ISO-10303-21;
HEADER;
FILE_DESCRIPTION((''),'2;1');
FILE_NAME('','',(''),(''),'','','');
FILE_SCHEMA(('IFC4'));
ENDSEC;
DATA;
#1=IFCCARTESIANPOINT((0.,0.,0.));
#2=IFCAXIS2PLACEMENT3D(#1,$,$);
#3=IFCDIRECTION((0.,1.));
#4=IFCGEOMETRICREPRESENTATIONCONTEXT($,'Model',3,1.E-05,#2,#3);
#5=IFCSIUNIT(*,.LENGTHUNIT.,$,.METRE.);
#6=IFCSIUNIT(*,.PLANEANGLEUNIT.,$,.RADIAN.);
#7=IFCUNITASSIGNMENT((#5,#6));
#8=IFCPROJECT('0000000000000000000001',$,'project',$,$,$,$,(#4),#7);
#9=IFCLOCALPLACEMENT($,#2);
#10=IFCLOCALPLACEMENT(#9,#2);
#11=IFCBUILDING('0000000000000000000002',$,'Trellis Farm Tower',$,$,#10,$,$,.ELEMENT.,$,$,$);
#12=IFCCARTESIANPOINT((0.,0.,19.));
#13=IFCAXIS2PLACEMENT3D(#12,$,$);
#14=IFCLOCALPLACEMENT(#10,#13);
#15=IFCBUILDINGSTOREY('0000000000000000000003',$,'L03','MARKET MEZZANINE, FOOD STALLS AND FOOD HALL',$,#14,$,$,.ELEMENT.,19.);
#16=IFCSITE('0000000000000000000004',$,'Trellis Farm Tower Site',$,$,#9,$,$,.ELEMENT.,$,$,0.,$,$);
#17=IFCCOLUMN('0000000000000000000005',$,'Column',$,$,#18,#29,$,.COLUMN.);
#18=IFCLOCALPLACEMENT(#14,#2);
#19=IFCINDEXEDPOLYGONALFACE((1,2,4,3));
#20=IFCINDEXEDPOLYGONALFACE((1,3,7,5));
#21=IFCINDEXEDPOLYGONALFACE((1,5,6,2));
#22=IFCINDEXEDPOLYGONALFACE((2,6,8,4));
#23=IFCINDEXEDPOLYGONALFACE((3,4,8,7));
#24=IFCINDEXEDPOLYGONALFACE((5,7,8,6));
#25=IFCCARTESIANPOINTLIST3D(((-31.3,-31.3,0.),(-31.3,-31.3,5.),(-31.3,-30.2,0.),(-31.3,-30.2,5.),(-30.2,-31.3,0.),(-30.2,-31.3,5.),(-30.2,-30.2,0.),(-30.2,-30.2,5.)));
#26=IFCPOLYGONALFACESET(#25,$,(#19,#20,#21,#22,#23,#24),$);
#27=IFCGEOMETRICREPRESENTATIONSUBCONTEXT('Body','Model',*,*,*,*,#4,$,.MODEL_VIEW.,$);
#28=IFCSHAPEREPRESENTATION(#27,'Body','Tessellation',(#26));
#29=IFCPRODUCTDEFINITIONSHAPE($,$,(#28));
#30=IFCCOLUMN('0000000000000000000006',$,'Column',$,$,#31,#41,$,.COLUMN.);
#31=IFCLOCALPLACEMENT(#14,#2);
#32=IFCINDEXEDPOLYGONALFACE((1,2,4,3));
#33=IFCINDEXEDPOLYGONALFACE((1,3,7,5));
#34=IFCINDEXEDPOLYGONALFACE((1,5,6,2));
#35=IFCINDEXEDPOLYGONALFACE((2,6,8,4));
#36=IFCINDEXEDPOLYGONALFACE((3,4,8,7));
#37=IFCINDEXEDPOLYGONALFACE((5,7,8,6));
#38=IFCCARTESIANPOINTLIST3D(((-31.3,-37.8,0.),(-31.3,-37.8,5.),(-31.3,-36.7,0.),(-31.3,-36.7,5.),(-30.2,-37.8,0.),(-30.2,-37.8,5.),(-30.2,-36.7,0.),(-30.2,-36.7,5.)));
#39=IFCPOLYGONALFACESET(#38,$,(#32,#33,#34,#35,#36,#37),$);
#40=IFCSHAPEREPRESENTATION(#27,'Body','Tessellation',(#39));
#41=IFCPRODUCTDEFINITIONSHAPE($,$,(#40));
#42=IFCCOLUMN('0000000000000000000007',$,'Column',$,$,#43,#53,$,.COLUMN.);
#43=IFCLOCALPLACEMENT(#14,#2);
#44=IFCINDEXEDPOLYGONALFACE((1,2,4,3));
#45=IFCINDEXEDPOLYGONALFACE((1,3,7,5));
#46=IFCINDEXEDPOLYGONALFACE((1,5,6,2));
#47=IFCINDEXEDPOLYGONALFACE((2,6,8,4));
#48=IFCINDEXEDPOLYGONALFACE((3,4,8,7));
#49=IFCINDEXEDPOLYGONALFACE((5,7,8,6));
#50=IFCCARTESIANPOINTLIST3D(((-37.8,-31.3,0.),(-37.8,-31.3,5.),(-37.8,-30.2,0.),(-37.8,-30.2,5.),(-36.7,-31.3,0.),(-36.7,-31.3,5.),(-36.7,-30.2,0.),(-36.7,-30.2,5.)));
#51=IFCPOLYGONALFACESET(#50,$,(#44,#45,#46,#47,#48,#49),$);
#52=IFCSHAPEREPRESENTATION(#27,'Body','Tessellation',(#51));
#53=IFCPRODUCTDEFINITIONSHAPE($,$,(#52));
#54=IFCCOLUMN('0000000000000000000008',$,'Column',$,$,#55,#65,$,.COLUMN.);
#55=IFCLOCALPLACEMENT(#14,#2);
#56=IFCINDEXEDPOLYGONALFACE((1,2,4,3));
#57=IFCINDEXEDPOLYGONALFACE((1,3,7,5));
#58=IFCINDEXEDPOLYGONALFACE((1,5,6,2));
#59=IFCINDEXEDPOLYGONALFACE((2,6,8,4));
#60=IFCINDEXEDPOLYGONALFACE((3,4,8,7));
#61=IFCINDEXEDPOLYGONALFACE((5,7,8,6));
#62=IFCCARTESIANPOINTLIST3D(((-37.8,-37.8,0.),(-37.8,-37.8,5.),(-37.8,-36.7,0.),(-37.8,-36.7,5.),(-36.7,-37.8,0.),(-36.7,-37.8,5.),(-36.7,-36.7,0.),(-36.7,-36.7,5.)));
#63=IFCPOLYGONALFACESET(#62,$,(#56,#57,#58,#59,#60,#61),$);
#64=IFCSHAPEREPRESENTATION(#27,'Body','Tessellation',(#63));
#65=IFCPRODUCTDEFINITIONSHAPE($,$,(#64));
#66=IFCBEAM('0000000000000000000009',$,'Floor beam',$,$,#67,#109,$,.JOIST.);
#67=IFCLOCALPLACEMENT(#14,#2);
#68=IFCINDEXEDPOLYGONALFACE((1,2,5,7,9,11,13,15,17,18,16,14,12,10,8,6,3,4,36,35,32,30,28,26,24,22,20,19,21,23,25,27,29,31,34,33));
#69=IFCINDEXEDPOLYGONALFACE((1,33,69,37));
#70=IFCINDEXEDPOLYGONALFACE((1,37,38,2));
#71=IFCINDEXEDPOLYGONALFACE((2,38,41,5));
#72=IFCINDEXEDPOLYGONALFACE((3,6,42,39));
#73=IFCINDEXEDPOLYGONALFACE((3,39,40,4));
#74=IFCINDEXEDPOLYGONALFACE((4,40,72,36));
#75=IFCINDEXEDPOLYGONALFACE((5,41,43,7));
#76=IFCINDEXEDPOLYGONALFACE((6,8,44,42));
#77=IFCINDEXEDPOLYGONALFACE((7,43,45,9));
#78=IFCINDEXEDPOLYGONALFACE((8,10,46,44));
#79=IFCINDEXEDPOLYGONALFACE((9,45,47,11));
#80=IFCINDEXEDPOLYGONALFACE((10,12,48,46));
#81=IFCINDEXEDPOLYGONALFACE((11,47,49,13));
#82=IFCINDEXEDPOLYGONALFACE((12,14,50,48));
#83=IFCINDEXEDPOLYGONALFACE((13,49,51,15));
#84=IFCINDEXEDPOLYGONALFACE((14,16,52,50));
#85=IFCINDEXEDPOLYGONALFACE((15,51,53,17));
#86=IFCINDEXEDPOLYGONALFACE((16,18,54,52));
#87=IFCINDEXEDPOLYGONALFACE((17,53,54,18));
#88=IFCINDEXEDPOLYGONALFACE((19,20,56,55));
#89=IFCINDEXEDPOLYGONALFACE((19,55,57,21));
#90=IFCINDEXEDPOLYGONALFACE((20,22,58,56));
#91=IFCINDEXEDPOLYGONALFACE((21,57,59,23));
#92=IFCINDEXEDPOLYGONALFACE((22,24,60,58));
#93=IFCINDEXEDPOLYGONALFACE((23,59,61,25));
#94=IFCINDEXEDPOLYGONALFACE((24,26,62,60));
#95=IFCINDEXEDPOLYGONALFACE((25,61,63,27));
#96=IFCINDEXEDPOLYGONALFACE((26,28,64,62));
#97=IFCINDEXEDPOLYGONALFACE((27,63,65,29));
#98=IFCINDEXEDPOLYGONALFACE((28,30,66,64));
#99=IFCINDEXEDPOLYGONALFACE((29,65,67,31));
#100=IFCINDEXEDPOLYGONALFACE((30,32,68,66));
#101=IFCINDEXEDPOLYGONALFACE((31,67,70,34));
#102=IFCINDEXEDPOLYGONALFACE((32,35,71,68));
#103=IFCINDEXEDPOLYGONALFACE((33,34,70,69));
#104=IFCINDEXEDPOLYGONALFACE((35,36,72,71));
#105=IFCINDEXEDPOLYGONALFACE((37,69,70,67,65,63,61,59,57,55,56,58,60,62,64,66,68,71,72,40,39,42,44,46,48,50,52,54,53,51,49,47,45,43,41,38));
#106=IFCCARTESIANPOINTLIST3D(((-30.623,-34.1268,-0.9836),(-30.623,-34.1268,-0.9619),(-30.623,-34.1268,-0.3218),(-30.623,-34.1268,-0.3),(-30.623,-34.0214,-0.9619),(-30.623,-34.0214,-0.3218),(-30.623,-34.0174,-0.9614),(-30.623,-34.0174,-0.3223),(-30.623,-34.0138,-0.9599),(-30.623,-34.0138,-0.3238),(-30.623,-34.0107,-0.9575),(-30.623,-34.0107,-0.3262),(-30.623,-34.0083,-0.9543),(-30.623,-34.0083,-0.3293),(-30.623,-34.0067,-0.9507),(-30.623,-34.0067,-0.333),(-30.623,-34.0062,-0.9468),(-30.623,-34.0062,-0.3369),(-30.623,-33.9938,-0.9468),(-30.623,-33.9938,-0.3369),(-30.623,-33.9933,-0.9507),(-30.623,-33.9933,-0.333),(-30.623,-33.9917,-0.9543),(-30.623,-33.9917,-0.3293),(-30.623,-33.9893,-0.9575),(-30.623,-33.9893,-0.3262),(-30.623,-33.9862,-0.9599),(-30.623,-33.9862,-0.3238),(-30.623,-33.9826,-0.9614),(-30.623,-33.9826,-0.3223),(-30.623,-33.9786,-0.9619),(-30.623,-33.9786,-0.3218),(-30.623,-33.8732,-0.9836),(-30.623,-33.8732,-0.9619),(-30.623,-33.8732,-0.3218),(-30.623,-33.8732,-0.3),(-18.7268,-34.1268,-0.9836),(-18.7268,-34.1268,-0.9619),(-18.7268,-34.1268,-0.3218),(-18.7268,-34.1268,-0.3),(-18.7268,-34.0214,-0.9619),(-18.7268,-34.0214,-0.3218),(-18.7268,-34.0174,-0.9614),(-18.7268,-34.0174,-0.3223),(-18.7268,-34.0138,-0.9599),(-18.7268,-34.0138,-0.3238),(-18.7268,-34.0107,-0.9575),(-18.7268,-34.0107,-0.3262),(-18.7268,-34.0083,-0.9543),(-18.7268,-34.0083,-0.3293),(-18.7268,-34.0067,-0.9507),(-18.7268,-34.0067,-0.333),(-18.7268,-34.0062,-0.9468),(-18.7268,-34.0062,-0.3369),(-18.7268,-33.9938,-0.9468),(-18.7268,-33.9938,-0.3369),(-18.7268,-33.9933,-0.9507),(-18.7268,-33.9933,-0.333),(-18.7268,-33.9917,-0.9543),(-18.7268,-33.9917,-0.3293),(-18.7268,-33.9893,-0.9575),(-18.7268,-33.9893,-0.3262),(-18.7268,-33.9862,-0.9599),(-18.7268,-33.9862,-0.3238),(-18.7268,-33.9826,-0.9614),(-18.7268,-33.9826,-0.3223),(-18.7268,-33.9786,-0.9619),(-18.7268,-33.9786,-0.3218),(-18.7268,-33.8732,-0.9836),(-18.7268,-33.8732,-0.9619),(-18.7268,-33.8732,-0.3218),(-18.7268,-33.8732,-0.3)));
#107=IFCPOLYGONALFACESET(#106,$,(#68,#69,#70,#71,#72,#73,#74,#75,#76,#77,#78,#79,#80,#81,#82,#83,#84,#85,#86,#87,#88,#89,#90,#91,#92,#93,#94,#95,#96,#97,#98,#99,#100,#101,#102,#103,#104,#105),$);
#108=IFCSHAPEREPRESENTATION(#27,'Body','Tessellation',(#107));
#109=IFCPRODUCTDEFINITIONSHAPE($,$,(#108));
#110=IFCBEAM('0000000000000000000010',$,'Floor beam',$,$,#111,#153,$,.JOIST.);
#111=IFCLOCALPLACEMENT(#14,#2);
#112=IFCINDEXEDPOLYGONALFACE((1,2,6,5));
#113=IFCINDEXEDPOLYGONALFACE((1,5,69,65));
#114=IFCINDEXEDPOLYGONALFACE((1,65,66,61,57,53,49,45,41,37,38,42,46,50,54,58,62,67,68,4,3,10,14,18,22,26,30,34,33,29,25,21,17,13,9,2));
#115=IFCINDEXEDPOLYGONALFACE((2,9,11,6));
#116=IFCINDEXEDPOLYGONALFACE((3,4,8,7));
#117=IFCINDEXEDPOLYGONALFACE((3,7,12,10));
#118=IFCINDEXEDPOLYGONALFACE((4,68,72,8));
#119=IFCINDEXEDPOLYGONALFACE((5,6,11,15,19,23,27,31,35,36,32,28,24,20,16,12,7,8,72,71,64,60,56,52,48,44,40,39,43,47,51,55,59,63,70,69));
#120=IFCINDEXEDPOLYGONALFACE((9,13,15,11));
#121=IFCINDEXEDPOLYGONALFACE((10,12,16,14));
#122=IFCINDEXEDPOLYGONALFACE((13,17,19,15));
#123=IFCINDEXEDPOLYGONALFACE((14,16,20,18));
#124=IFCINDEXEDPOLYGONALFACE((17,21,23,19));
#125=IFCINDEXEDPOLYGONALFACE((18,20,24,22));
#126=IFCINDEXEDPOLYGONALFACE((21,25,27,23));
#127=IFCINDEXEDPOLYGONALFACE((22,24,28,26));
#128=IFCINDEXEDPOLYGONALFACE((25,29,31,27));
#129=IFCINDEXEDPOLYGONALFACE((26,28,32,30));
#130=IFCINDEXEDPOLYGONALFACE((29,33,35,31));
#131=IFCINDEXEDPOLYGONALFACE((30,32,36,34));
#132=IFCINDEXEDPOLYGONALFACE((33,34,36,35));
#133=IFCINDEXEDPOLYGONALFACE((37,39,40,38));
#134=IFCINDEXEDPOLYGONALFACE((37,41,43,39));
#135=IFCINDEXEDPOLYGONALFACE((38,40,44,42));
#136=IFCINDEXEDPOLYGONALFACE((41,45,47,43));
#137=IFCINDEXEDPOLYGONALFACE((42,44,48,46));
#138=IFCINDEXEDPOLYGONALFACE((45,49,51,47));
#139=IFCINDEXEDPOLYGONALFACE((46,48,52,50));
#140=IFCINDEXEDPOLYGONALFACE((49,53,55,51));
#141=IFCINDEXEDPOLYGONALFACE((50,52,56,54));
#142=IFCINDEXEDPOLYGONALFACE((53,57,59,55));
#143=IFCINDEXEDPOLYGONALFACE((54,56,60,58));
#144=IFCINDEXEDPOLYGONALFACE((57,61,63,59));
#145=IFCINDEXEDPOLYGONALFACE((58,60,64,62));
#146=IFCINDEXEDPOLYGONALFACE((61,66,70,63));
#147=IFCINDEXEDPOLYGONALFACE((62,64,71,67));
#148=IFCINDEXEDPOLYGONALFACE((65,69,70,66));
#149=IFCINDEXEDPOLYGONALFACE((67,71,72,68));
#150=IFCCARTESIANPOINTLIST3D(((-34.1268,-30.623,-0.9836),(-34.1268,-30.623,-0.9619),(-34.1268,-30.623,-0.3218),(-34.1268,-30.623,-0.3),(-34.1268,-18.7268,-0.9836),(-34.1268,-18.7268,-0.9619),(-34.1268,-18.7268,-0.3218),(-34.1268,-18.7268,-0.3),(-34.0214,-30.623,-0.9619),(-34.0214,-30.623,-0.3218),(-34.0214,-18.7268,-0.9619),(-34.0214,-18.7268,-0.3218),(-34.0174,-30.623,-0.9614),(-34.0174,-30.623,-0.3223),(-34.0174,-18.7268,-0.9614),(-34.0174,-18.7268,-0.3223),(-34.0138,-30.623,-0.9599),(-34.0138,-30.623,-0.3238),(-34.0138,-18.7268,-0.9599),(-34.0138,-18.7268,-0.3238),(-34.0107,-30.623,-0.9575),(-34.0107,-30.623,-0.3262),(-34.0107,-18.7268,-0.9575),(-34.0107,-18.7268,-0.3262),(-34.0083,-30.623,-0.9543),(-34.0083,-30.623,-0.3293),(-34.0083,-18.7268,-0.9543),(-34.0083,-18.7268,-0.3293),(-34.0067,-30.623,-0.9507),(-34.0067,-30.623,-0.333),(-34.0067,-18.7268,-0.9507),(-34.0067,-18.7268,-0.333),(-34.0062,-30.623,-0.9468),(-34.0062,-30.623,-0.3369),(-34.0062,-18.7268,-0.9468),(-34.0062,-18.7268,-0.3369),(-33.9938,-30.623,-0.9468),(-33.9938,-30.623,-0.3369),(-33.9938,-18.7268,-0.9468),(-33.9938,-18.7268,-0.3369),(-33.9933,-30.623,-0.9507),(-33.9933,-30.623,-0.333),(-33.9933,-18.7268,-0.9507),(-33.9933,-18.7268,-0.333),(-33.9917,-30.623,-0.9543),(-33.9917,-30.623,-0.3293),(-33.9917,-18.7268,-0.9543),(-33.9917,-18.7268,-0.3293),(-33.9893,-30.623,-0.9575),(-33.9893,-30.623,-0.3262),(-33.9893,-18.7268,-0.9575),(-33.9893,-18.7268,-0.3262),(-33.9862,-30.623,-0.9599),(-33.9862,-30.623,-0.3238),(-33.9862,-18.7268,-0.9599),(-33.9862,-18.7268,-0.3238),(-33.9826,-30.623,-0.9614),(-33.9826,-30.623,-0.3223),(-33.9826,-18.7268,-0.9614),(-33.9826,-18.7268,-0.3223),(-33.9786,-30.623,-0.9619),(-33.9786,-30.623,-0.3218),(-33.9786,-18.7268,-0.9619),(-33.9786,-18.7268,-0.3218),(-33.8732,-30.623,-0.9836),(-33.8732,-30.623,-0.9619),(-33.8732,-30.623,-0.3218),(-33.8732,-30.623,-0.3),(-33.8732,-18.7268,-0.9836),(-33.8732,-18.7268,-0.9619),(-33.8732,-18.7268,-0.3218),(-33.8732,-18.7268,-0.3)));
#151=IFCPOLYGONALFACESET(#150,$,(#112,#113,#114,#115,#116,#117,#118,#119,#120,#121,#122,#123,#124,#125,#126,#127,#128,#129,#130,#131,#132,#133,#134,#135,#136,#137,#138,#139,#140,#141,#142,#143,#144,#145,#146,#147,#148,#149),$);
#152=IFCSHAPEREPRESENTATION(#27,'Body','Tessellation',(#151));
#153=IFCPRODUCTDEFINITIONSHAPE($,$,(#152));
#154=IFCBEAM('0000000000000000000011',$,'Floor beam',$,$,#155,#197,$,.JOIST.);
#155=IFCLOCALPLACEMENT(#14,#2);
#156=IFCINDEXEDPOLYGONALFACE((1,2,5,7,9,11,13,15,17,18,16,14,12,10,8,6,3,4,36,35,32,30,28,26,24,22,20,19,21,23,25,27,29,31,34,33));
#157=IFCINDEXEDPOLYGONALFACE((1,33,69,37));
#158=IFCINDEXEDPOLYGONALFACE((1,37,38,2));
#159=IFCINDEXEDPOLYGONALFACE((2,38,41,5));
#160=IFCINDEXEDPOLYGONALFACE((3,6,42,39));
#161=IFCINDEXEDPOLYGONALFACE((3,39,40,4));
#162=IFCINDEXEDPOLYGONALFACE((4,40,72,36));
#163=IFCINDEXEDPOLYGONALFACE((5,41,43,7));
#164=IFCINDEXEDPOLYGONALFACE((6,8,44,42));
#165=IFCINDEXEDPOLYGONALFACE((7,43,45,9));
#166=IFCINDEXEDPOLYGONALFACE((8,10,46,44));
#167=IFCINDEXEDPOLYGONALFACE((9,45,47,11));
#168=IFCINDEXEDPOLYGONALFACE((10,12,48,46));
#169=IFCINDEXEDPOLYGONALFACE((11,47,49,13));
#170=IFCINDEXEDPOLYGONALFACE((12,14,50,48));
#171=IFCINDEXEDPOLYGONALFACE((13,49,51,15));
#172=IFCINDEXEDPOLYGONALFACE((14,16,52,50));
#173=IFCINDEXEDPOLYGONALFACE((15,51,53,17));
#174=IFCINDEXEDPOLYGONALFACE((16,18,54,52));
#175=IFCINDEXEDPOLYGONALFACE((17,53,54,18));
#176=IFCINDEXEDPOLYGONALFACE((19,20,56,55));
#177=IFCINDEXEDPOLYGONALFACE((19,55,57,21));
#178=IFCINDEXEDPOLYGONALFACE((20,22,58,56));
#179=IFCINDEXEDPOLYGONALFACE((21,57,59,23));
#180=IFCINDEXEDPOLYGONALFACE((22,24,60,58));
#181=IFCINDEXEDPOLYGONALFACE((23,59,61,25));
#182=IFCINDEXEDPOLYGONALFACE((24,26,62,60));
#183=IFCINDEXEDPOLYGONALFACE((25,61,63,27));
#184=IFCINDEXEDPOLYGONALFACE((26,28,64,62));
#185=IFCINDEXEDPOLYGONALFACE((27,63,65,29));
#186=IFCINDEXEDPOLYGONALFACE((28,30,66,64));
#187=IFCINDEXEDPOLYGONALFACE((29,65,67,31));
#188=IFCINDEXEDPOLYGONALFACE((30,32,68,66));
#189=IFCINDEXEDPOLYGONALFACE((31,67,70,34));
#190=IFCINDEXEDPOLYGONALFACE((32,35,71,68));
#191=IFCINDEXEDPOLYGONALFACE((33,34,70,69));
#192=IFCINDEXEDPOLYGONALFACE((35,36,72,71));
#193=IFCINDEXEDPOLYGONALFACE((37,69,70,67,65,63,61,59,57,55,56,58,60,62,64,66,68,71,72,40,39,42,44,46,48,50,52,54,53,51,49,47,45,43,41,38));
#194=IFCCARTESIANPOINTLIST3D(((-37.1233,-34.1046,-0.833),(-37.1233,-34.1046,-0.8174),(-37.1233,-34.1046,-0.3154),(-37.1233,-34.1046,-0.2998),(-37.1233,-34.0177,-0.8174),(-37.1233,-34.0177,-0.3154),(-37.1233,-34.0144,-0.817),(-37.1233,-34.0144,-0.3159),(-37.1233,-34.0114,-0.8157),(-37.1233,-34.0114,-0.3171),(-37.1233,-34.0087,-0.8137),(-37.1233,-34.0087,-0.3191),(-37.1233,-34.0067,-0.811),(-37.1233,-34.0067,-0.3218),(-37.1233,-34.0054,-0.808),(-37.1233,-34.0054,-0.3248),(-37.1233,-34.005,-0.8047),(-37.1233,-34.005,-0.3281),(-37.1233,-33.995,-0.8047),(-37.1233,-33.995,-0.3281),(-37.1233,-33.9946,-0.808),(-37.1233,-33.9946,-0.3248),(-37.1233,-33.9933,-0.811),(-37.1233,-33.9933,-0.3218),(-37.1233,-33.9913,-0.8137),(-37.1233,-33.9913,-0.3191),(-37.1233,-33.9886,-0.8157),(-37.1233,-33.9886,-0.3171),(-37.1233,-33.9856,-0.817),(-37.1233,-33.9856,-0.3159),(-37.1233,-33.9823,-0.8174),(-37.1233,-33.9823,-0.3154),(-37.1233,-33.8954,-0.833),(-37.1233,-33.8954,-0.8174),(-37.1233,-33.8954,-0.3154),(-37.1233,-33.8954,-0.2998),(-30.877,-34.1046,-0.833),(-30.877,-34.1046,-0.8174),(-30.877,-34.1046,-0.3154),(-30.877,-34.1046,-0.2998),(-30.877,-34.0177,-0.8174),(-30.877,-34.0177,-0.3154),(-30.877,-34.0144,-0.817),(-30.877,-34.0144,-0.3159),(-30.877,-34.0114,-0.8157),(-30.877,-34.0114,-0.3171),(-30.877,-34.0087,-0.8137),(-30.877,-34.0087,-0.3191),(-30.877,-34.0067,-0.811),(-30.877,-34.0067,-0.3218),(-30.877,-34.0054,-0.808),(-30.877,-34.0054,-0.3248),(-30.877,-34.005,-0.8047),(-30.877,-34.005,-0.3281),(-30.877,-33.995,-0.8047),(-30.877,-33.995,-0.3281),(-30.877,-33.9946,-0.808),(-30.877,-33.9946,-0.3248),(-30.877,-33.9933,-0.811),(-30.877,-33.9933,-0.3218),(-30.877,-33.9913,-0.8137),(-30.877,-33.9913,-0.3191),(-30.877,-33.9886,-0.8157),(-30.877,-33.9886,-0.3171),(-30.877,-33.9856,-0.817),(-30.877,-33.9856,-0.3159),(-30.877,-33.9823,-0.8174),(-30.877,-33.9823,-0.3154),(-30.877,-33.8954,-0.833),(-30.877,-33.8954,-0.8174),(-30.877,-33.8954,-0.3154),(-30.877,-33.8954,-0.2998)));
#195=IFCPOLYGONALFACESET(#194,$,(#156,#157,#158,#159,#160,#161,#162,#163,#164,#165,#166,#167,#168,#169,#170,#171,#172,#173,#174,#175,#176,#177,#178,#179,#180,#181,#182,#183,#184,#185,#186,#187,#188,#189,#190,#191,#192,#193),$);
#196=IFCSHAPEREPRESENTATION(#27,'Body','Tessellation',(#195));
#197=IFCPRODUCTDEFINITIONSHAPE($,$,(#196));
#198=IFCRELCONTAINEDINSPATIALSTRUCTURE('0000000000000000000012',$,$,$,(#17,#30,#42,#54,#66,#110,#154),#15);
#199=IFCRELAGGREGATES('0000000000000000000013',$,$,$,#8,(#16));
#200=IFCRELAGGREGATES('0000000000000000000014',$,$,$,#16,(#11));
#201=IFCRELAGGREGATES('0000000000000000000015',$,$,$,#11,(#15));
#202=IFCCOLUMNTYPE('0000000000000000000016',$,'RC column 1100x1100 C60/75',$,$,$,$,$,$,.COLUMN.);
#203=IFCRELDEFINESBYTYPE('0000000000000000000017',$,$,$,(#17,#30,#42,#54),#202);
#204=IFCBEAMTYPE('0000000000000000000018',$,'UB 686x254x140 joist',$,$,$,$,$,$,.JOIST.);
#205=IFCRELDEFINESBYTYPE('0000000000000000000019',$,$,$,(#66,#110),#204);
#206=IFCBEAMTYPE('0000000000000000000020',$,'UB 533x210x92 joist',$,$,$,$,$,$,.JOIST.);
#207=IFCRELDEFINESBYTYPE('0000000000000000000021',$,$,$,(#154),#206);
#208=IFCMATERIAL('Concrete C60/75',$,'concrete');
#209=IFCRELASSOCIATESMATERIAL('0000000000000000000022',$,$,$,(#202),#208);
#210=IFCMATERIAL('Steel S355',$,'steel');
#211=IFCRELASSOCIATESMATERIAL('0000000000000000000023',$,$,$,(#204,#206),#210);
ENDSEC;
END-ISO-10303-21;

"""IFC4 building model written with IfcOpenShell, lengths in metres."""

from ifc_helpers import new_model, si_unit, direction, frame, origin, origin_2d, place, context, subcontext, project, spatial, rectangle, i_section, extrude, source, transform, mapped, material, material_profile, profile_set, type_object, element, save


model = new_model("IFC4")

# Units and contexts
model_context = context("Model", 3, precision=1e-05, world=origin(), true_north=direction((0.0, 1.0)))
body_context = subcontext(model_context, "Body", "Model", "MODEL_VIEW")
ifc_project = project(units=[si_unit("LENGTHUNIT", "METRE"), si_unit("PLANEANGLEUNIT", "RADIAN")], contexts=[model_context])

# Site, building, storey
site_placement = place(None, origin())
site = spatial("IfcSite", under=ifc_project, at=site_placement, Name="Trellis Farm Tower Site", CompositionType="ELEMENT", RefElevation=0.0)
building_placement = place(site_placement, origin())
building = spatial("IfcBuilding", under=site, at=building_placement, Name="Trellis Farm Tower", CompositionType="ELEMENT")
storey_placement = place(building_placement, frame((0.0, 0.0, 19.0)))
storey = spatial("IfcBuildingStorey", under=building, at=storey_placement, Name="L03", Description="MARKET MEZZANINE, FOOD STALLS AND FOOD HALL", CompositionType="ELEMENT", Elevation=19.0)

# Columns
ifc_material_1 = material(Name="Concrete C60/75", Category="concrete")
ifc_material_profile_1 = material_profile(ifc_material_1, rectangle(XDim=1.1001, YDim=1.1001, at=origin_2d()), Name="RC column 1100x1100 C60/75")
ifc_profile_set_1 = profile_set([ifc_material_profile_1], Name="Concrete C60/75")
column_type = type_object("IfcColumnType", Name="RC column 1100x1100 C60/75", PredefinedType="COLUMN", material=ifc_profile_set_1)
shared_shape_1 = source(origin(), body_context, "Body", "SweptSolid", [
    extrude(rectangle(XDim=1.1001, YDim=1.1001, at=origin_2d()), origin(), (0.0, 0.0, 1.0), 5.0),
])
for number, where, z_axis, x_axis, name in (
    (1, (-30.75, -30.75, 0.0), (0.0, 0.0, 1.0), (1.0, 0.0, 0.0), "Column"),
    (2, (-30.75, -37.25, 0.0), (0.0, 0.0, 1.0), (1.0, 0.0, 0.0), "Column"),
    (3, (-37.25, -30.75, 0.0), (0.0, 0.0, 1.0), (1.0, 0.0, 0.0), "Column"),
    (4, (-37.25, -37.25, 0.0), (0.0, 0.0, 1.0), (1.0, 0.0, 0.0), "Column"),
):
    element("IfcColumn", number, at=place(storey_placement, frame(where, z_axis=z_axis, x_axis=x_axis)), inside=storey, type_object=column_type, Name=name, PredefinedType="COLUMN", context=body_context, shape_type="MappedRepresentation", body=[
        mapped(shared_shape_1, transform((0.0, 0.0, 0.0))),
    ])

# Beams
ifc_material_2 = material(Name="Steel S355", Category="steel")
ifc_material_profile_2 = material_profile(ifc_material_2, i_section(OverallWidth=0.2537, OverallDepth=0.6836, WebThickness=0.0125, FlangeThickness=0.0217, FilletRadius=0.0151, at=origin_2d()), Name="UB 686x254x140")
ifc_profile_set_2 = profile_set([ifc_material_profile_2], Name="Steel S355")
beam_type_1 = type_object("IfcBeamType", Name="UB 686x254x140 joist", PredefinedType="JOIST", material=ifc_profile_set_2)
shared_shape_2 = source(origin(), body_context, "Body", "SweptSolid", [
    extrude(i_section(OverallWidth=0.2537, OverallDepth=0.6836, WebThickness=0.0125, FlangeThickness=0.0217, FilletRadius=0.0151, at=origin_2d()), origin(), (0.0, 0.0, 1.0), 11.8962),
])
for number, where, z_axis, x_axis, name in (
    (5, (-30.623, -34.0, -0.6418), (1.0, 0.0, 0.0), (0.0, 1.0, 0.0), "Floor beam"),
    (6, (-34.0, -30.623, -0.6418), (0.0, 1.0, 0.0), (-1.0, 0.0, 0.0), "Floor beam"),
):
    element("IfcBeam", number, at=place(storey_placement, frame(where, z_axis=z_axis, x_axis=x_axis)), inside=storey, type_object=beam_type_1, Name=name, PredefinedType="JOIST", context=body_context, shape_type="MappedRepresentation", body=[
        mapped(shared_shape_2, transform((0.0, 0.0, 0.0))),
    ])
ifc_material_profile_3 = material_profile(ifc_material_2, i_section(OverallWidth=0.2092, OverallDepth=0.5332, WebThickness=0.01, FlangeThickness=0.0156, FilletRadius=0.0127, at=origin_2d()), Name="UB 533x210x92")
ifc_profile_set_3 = profile_set([ifc_material_profile_3], Name="Steel S355")
beam_type_2 = type_object("IfcBeamType", Name="UB 533x210x92 joist", PredefinedType="JOIST", material=ifc_profile_set_3)
shared_shape_3 = source(origin(), body_context, "Body", "SweptSolid", [
    extrude(i_section(OverallWidth=0.2092, OverallDepth=0.5332, WebThickness=0.01, FlangeThickness=0.0156, FilletRadius=0.0127, at=origin_2d()), origin(), (0.0, 0.0, 1.0), 6.2463),
])
beam_placement = place(storey_placement, frame((-37.1233, -34.0, -0.5664), z_axis=(1.0, 0.0, 0.0), x_axis=(0.0, 1.0, 0.0)))
element("IfcBeam", 7, at=beam_placement, inside=storey, type_object=beam_type_2, Name="Floor beam", PredefinedType="JOIST", context=body_context, shape_type="MappedRepresentation", body=[
    mapped(shared_shape_3, transform((0.0, 0.0, 0.0))),
])

save(model, "model.ifc")
